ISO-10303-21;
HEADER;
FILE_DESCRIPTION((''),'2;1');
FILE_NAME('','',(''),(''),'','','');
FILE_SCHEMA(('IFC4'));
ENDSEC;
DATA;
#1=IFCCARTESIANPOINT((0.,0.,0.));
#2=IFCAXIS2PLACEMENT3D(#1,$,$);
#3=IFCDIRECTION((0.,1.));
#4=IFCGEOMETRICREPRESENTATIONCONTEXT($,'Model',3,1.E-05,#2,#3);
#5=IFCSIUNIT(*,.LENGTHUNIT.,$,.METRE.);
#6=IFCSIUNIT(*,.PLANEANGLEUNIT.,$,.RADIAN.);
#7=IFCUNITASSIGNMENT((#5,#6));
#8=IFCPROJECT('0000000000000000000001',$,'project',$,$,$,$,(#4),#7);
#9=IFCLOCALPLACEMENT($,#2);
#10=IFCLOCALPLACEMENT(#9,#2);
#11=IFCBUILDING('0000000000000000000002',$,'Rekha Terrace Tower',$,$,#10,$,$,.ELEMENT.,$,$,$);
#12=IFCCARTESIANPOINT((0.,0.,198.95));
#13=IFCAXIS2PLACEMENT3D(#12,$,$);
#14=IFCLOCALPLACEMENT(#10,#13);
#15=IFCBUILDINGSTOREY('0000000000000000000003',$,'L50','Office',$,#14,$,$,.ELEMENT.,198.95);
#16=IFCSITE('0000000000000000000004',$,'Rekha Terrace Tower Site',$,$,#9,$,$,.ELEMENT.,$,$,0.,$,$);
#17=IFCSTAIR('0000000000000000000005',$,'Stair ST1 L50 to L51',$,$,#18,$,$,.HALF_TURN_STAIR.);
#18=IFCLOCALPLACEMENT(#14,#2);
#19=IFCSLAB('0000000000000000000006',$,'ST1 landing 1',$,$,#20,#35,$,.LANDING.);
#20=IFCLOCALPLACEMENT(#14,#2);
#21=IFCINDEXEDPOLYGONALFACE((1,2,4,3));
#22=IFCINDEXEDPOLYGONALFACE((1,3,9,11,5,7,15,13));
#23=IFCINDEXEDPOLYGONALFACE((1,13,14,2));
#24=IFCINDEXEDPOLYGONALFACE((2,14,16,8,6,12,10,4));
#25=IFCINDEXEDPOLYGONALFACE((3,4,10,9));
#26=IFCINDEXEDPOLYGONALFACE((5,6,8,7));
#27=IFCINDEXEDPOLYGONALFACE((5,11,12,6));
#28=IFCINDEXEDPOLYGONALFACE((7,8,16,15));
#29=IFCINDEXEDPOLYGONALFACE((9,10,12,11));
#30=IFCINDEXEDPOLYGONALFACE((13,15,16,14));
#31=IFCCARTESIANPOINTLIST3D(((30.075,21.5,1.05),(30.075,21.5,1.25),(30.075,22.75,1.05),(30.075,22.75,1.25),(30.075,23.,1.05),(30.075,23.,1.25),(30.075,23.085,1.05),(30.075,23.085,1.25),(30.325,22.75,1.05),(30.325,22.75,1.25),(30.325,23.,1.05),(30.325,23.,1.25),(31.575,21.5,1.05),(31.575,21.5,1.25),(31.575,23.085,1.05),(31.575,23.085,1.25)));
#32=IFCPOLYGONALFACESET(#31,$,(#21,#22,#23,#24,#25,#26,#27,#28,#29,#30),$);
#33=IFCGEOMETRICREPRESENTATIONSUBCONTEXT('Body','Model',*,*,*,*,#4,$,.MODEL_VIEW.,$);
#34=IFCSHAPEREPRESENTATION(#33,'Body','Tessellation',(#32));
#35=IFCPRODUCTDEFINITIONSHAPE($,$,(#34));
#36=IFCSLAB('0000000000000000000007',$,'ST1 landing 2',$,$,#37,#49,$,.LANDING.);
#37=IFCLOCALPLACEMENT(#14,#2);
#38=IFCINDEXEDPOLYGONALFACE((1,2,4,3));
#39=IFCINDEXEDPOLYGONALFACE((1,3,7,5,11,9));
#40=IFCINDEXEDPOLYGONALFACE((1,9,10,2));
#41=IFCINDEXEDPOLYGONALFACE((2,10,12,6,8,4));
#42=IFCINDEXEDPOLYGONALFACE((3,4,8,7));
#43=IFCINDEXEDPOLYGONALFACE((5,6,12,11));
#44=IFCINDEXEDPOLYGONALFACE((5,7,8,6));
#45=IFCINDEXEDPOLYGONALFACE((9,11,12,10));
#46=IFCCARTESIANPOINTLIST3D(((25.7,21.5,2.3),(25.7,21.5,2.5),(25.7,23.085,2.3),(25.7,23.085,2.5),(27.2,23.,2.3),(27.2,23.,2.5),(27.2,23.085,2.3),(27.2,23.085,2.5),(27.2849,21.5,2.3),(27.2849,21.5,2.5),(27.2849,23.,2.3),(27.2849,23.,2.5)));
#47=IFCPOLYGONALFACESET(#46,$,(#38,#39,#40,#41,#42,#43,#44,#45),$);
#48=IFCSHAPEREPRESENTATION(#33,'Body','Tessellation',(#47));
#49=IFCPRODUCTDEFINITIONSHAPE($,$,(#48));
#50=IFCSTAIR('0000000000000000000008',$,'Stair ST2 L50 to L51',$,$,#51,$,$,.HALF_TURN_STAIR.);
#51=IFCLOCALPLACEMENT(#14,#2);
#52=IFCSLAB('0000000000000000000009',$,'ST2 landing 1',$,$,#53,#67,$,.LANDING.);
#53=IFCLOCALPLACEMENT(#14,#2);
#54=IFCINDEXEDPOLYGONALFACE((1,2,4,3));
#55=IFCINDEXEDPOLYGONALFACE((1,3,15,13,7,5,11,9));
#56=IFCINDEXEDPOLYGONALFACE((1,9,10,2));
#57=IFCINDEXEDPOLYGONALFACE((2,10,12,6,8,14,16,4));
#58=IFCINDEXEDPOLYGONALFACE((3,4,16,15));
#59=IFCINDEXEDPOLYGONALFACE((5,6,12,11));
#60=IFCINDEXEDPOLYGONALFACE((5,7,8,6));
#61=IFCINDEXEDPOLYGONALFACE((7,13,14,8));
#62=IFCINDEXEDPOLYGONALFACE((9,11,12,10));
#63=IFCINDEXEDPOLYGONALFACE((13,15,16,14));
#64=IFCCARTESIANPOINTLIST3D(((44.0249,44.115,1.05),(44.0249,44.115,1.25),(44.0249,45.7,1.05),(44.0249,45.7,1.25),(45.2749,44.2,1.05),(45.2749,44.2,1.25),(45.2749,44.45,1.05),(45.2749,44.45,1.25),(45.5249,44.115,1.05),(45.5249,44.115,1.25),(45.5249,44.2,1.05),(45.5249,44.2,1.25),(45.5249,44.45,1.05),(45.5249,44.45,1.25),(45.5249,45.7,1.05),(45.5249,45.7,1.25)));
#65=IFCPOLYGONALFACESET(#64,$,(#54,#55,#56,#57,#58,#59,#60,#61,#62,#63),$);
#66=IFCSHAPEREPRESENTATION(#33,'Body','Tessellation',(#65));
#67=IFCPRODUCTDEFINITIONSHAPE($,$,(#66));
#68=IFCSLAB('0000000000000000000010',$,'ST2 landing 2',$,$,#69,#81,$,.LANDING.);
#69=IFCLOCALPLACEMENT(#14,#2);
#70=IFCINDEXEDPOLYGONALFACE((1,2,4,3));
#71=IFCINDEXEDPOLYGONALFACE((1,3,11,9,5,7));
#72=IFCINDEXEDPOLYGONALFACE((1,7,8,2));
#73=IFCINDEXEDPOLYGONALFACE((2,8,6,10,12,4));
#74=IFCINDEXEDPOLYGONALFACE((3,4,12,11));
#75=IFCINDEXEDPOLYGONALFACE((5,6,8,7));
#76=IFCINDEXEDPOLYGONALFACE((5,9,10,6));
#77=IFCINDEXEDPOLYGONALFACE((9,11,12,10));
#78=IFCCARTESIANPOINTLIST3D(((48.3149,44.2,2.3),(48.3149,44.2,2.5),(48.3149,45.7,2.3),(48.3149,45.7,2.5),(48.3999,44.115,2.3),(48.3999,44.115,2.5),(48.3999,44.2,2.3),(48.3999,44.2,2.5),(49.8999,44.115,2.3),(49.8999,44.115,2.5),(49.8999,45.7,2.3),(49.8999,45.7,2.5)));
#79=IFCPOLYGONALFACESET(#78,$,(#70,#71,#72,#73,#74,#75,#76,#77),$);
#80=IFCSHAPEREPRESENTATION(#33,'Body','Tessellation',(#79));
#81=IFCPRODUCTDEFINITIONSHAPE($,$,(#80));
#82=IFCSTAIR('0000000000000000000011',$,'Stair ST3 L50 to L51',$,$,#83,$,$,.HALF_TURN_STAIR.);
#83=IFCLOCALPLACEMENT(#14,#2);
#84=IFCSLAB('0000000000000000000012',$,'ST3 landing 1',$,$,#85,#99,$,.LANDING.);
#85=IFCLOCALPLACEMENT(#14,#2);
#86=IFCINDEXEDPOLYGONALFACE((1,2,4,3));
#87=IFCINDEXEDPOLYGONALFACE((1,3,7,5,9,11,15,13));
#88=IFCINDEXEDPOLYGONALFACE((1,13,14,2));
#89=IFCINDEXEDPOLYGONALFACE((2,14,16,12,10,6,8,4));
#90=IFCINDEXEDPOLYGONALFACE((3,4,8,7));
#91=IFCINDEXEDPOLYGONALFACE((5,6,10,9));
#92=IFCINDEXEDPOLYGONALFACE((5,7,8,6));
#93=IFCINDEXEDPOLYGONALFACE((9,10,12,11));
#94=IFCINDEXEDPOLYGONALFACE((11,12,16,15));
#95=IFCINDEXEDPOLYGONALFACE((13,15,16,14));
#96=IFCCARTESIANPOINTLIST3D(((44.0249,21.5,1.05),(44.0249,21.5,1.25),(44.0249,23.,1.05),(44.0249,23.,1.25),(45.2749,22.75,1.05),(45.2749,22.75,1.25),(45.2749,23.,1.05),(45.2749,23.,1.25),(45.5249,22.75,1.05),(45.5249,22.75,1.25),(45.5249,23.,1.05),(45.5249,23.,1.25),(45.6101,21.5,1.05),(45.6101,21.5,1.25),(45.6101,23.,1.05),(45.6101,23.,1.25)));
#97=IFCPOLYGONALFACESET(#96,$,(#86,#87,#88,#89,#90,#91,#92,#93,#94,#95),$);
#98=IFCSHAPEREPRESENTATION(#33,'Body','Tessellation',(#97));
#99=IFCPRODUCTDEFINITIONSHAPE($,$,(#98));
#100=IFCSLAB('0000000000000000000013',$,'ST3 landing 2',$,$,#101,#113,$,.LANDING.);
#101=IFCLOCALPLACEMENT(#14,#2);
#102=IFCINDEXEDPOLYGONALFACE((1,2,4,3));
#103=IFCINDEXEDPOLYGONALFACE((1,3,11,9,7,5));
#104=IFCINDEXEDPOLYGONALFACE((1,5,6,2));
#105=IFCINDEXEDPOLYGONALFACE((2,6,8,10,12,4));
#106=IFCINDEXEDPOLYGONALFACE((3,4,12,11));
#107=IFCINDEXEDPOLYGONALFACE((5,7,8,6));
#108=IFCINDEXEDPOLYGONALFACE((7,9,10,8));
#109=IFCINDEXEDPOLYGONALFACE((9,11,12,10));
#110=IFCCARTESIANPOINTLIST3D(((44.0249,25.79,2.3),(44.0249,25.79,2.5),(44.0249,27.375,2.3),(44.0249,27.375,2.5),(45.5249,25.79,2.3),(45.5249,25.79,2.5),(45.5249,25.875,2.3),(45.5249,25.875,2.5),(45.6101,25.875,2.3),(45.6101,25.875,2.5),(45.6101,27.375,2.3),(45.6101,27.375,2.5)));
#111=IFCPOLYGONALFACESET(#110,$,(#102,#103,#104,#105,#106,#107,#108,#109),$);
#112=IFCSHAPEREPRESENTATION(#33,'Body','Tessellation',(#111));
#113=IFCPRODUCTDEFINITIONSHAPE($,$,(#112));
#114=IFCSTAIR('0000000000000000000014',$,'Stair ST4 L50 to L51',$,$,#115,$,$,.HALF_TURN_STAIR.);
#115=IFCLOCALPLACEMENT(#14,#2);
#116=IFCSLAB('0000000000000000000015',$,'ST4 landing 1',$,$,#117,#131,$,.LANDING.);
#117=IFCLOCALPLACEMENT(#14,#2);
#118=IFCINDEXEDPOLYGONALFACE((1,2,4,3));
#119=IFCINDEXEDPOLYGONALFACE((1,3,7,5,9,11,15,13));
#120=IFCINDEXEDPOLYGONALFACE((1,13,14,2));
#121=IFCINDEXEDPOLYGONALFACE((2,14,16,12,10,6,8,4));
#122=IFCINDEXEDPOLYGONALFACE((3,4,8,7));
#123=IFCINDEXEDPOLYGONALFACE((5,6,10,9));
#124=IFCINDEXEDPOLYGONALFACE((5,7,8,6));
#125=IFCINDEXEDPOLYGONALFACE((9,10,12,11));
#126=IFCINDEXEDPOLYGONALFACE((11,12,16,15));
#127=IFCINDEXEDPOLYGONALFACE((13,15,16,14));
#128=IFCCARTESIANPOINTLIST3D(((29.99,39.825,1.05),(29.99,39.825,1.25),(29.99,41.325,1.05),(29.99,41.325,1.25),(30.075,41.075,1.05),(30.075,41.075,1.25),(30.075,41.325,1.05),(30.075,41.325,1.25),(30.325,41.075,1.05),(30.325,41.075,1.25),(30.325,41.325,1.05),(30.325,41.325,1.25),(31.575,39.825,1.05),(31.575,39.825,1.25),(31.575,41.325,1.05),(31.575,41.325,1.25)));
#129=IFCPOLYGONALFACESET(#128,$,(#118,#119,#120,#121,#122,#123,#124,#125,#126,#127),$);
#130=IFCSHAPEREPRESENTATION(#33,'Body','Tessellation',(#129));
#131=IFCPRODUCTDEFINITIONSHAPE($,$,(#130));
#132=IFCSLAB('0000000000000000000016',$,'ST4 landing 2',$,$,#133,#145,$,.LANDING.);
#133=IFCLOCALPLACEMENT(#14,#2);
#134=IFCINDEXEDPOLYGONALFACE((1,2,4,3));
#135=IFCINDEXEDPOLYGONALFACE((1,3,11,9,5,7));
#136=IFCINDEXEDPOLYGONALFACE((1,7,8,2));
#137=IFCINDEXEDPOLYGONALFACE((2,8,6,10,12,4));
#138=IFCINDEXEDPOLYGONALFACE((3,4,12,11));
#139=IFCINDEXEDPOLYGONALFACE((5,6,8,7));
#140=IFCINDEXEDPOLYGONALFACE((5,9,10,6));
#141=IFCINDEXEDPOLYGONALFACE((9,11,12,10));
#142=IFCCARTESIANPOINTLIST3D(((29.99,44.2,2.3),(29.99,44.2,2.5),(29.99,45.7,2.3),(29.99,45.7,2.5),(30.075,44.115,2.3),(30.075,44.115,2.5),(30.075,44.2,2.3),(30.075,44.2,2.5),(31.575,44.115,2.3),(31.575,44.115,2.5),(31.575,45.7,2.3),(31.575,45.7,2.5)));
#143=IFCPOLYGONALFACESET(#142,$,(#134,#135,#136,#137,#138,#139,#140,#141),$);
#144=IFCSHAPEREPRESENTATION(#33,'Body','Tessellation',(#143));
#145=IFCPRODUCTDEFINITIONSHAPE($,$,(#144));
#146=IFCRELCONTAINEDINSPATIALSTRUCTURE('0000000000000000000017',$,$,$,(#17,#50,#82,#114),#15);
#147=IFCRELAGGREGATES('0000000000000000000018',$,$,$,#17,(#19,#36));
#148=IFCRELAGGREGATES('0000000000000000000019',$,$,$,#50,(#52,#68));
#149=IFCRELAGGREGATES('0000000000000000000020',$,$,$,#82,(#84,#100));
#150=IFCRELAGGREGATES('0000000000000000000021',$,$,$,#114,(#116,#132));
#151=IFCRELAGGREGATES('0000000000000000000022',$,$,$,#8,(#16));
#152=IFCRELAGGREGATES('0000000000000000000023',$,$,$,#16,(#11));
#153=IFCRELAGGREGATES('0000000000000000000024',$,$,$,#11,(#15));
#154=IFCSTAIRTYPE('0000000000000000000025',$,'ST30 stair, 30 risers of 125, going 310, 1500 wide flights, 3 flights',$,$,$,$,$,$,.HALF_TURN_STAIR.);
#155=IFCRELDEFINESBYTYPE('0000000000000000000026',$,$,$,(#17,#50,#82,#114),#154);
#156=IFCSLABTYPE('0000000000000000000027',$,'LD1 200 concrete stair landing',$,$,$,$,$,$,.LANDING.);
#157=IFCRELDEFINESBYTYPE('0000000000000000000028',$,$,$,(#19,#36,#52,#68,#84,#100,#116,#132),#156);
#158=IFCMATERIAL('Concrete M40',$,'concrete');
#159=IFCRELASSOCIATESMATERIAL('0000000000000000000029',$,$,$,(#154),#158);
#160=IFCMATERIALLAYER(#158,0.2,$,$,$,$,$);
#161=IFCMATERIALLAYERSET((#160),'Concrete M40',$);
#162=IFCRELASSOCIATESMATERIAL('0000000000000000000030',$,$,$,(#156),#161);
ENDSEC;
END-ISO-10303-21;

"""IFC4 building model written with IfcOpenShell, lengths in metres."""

from ifc_helpers import new_model, si_unit, direction, frame, origin, place, context, subcontext, project, spatial, polyline, outline, extrude, material, layer, layer_set, type_object, element, aggregate, save


model = new_model("IFC4")

# Units and contexts
model_context = context("Model", 3, precision=1e-05, world=origin(), true_north=direction((0.0, 1.0)))
body_context = subcontext(model_context, "Body", "Model", "MODEL_VIEW")
ifc_project = project(units=[si_unit("LENGTHUNIT", "METRE"), si_unit("PLANEANGLEUNIT", "RADIAN")], contexts=[model_context])

# Site, building, storey
site_placement = place(None, origin())
site = spatial("IfcSite", under=ifc_project, at=site_placement, Name="Rekha Terrace Tower Site", CompositionType="ELEMENT", RefElevation=0.0)
building_placement = place(site_placement, origin())
building = spatial("IfcBuilding", under=site, at=building_placement, Name="Rekha Terrace Tower", CompositionType="ELEMENT")
storey_placement = place(building_placement, frame((0.0, 0.0, 198.95)))
storey = spatial("IfcBuildingStorey", under=building, at=storey_placement, Name="L50", Description="Office", CompositionType="ELEMENT", Elevation=198.95)

# Stairs, slabs
ifc_material_1 = material(Name="Concrete M40", Category="concrete")
stair_type = type_object("IfcStairType", Name="ST30 stair, 30 risers of 125, going 310, 1500 wide flights, 3 flights", PredefinedType="HALF_TURN_STAIR", material=ifc_material_1)
stair_1_placement = place(storey_placement, origin())
stair_1 = element("IfcStair", 1, at=stair_1_placement, inside=storey, type_object=stair_type, Name="Stair ST1 L50 to L51", PredefinedType="HALF_TURN_STAIR")
ifc_layer_1 = layer(ifc_material_1, 0.2)
ifc_layer_set_1 = layer_set([ifc_layer_1], Name="Concrete M40")
slab_type_1 = type_object("IfcSlabType", Name="LD1 200 concrete stair landing", PredefinedType="LANDING", material=ifc_layer_set_1)
slab_1_placement = place(storey_placement, frame((0.0, 0.0, 1.05)))
slab_1 = element("IfcSlab", 2, at=slab_1_placement, type_object=slab_type_1, Name="ST1 landing 1", PredefinedType="LANDING", context=body_context, shape_type="SweptSolid", body=[
    extrude(outline(polyline([(30.075, 21.5), (31.575, 21.5), (31.575, 23.085), (30.075, 23.085), (30.075, 23.0), (30.325, 23.0), (30.325, 22.75), (30.075, 22.75), (30.075, 21.5)])), origin(), (0.0, 0.0, 1.0), 0.2),
])
slab_2_placement = place(storey_placement, frame((0.0, 0.0, 2.3)))
slab_2 = element("IfcSlab", 3, at=slab_2_placement, type_object=slab_type_1, Name="ST1 landing 2", PredefinedType="LANDING", context=body_context, shape_type="SweptSolid", body=[
    extrude(outline(polyline([(27.2, 23.085), (25.7, 23.085), (25.7, 21.5), (27.2849, 21.5), (27.2849, 23.0), (27.2, 23.0), (27.2, 23.085)])), origin(), (0.0, 0.0, 1.0), 0.2),
])
aggregate(stair_1, [slab_1, slab_2])
stair_2_placement = place(storey_placement, origin())
stair_2 = element("IfcStair", 4, at=stair_2_placement, inside=storey, type_object=stair_type, Name="Stair ST2 L50 to L51", PredefinedType="HALF_TURN_STAIR")
slab_3_placement = place(storey_placement, frame((0.0, 0.0, 1.05)))
slab_3 = element("IfcSlab", 5, at=slab_3_placement, type_object=slab_type_1, Name="ST2 landing 1", PredefinedType="LANDING", context=body_context, shape_type="SweptSolid", body=[
    extrude(outline(polyline([(45.5249, 45.7), (44.0249, 45.7), (44.0249, 44.115), (45.5249, 44.115), (45.5249, 44.2), (45.2749, 44.2), (45.2749, 44.45), (45.5249, 44.45), (45.5249, 45.7)])), origin(), (0.0, 0.0, 1.0), 0.2),
])
slab_4_placement = place(storey_placement, frame((0.0, 0.0, 2.3)))
slab_4 = element("IfcSlab", 6, at=slab_4_placement, type_object=slab_type_1, Name="ST2 landing 2", PredefinedType="LANDING", context=body_context, shape_type="SweptSolid", body=[
    extrude(outline(polyline([(48.3999, 44.115), (49.8999, 44.115), (49.8999, 45.7), (48.3149, 45.7), (48.3149, 44.2), (48.3999, 44.2), (48.3999, 44.115)])), origin(), (0.0, 0.0, 1.0), 0.2),
])
aggregate(stair_2, [slab_3, slab_4])
stair_3_placement = place(storey_placement, origin())
stair_3 = element("IfcStair", 7, at=stair_3_placement, inside=storey, type_object=stair_type, Name="Stair ST3 L50 to L51", PredefinedType="HALF_TURN_STAIR")
slab_5_placement = place(storey_placement, frame((0.0, 0.0, 1.05)))
slab_5 = element("IfcSlab", 8, at=slab_5_placement, type_object=slab_type_1, Name="ST3 landing 1", PredefinedType="LANDING", context=body_context, shape_type="SweptSolid", body=[
    extrude(outline(polyline([(44.0249, 23.0), (44.0249, 21.5), (45.6101, 21.5), (45.6101, 23.0), (45.5249, 23.0), (45.5249, 22.75), (45.2749, 22.75), (45.2749, 23.0), (44.0249, 23.0)])), origin(), (0.0, 0.0, 1.0), 0.2),
])
slab_6_placement = place(storey_placement, frame((0.0, 0.0, 2.3)))
slab_6 = element("IfcSlab", 9, at=slab_6_placement, type_object=slab_type_1, Name="ST3 landing 2", PredefinedType="LANDING", context=body_context, shape_type="SweptSolid", body=[
    extrude(outline(polyline([(45.6101, 25.875), (45.6101, 27.375), (44.0249, 27.375), (44.0249, 25.79), (45.5249, 25.79), (45.5249, 25.875), (45.6101, 25.875)])), origin(), (0.0, 0.0, 1.0), 0.2),
])
aggregate(stair_3, [slab_5, slab_6])
stair_4_placement = place(storey_placement, origin())
stair_4 = element("IfcStair", 10, at=stair_4_placement, inside=storey, type_object=stair_type, Name="Stair ST4 L50 to L51", PredefinedType="HALF_TURN_STAIR")
slab_7_placement = place(storey_placement, frame((0.0, 0.0, 1.05)))
slab_7 = element("IfcSlab", 11, at=slab_7_placement, type_object=slab_type_1, Name="ST4 landing 1", PredefinedType="LANDING", context=body_context, shape_type="SweptSolid", body=[
    extrude(outline(polyline([(31.575, 41.325), (31.575, 39.825), (29.99, 39.825), (29.99, 41.325), (30.075, 41.325), (30.075, 41.075), (30.325, 41.075), (30.325, 41.325), (31.575, 41.325)])), origin(), (0.0, 0.0, 1.0), 0.2),
])
slab_8_placement = place(storey_placement, frame((0.0, 0.0, 2.3)))
slab_8 = element("IfcSlab", 12, at=slab_8_placement, type_object=slab_type_1, Name="ST4 landing 2", PredefinedType="LANDING", context=body_context, shape_type="SweptSolid", body=[
    extrude(outline(polyline([(29.99, 44.2), (29.99, 45.7), (31.575, 45.7), (31.575, 44.115), (30.075, 44.115), (30.075, 44.2), (29.99, 44.2)])), origin(), (0.0, 0.0, 1.0), 0.2),
])
aggregate(stair_4, [slab_7, slab_8])

save(model, "model.ifc")
